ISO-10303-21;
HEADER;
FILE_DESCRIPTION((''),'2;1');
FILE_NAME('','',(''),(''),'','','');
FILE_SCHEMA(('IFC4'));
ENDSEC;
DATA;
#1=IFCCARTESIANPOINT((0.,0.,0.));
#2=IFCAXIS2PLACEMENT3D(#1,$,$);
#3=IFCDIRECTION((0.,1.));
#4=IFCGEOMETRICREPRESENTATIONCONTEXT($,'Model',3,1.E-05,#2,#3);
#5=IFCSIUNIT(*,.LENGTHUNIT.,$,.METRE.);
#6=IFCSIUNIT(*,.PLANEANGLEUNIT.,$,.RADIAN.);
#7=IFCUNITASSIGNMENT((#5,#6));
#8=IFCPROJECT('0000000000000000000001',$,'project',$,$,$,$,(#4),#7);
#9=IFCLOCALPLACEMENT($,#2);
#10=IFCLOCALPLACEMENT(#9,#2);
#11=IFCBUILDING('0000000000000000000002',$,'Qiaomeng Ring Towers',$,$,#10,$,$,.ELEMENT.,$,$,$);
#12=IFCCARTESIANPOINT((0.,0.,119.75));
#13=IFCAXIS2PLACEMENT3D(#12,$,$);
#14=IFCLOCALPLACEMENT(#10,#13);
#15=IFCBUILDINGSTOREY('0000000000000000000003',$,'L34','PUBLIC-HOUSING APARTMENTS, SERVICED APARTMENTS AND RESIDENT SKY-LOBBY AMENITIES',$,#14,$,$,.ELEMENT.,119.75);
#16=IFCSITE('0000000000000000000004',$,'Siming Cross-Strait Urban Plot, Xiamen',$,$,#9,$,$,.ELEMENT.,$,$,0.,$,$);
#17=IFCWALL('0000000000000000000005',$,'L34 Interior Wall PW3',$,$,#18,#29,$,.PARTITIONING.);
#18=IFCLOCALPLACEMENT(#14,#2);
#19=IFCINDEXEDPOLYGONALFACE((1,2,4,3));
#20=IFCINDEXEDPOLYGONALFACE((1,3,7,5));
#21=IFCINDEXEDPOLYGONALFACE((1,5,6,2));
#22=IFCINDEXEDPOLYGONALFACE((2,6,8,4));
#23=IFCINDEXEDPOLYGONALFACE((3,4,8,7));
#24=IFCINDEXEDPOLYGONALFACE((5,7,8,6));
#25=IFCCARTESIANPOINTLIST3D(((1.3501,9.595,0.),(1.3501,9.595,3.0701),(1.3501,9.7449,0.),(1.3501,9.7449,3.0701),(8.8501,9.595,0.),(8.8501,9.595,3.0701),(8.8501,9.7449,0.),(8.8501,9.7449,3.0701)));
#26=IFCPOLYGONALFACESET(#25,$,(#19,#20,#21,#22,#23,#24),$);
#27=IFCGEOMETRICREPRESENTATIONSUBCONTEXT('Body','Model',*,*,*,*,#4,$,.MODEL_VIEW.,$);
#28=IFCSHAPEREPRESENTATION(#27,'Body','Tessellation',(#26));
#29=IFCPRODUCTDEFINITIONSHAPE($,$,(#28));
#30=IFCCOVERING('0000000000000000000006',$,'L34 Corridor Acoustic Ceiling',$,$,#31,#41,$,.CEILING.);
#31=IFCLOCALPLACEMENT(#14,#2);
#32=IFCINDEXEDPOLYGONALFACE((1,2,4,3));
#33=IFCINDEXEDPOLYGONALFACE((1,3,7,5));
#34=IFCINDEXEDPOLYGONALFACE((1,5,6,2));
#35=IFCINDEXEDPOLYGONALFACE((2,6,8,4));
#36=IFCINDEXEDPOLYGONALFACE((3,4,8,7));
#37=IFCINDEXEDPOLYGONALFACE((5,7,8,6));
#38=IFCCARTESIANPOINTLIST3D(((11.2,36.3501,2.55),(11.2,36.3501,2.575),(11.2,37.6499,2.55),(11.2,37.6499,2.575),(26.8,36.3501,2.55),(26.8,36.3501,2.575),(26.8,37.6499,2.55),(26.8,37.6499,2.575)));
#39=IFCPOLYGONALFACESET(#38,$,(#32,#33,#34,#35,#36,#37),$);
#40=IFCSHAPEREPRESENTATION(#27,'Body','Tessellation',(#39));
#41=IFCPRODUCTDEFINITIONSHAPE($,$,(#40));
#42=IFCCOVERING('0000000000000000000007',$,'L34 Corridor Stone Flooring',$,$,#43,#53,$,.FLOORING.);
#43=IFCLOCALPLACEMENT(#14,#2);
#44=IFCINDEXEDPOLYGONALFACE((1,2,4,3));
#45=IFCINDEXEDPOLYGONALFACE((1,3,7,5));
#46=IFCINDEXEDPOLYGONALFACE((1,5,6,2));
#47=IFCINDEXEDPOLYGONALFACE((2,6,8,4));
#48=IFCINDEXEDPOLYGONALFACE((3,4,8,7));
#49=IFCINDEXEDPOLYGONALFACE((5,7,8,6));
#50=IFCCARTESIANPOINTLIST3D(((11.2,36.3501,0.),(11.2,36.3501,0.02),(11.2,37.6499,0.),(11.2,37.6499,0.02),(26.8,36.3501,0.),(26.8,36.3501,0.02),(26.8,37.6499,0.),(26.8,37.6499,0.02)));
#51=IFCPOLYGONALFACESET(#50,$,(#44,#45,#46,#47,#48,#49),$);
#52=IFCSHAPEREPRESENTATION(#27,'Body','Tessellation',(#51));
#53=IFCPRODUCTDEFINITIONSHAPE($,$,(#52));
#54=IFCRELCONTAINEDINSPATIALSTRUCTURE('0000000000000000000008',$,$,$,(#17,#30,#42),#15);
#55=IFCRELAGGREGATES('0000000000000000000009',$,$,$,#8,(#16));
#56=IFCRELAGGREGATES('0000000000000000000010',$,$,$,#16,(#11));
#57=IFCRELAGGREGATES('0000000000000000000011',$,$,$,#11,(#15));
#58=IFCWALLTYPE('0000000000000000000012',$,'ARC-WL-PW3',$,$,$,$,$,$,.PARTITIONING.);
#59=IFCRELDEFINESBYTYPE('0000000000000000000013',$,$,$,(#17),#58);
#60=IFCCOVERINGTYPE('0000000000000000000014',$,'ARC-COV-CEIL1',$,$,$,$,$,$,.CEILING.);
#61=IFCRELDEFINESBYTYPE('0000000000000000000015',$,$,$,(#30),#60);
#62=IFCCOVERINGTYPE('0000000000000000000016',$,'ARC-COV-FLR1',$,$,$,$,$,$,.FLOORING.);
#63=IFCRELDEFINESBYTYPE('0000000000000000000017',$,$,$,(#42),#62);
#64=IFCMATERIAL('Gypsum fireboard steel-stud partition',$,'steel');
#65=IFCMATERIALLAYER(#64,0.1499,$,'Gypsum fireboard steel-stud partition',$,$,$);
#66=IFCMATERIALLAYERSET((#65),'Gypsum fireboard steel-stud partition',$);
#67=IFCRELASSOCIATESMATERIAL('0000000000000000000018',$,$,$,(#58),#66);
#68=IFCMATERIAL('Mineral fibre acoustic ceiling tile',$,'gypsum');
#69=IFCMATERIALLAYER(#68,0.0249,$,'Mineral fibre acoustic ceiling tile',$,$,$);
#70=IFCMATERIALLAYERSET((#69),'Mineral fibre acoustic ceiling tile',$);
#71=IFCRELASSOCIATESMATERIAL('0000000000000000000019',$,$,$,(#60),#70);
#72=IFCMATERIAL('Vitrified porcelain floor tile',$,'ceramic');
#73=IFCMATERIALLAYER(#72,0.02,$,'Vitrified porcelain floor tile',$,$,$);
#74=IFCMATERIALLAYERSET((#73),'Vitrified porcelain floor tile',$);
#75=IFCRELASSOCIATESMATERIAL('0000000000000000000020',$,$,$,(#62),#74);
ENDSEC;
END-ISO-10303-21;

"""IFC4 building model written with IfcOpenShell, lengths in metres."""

from ifc_helpers import new_model, si_unit, direction, frame, frame_2d, origin, place, context, subcontext, project, spatial, polyline, rectangle, outline, extrude, material, layer, layer_set, type_object, element, save


model = new_model("IFC4")

# Units and contexts
model_context = context("Model", 3, precision=1e-05, world=origin(), true_north=direction((0.0, 1.0)))
body_context = subcontext(model_context, "Body", "Model", "MODEL_VIEW")
ifc_project = project(units=[si_unit("LENGTHUNIT", "METRE"), si_unit("PLANEANGLEUNIT", "RADIAN")], contexts=[model_context])

# Site, building, storey
site_placement = place(None, origin())
site = spatial("IfcSite", under=ifc_project, at=site_placement, Name="Siming Cross-Strait Urban Plot, Xiamen", CompositionType="ELEMENT", RefElevation=0.0)
building_placement = place(site_placement, origin())
building = spatial("IfcBuilding", under=site, at=building_placement, Name="Qiaomeng Ring Towers", CompositionType="ELEMENT")
storey_placement = place(building_placement, frame((0.0, 0.0, 119.75)))
storey = spatial("IfcBuildingStorey", under=building, at=storey_placement, Name="L34", Description="PUBLIC-HOUSING APARTMENTS, SERVICED APARTMENTS AND RESIDENT SKY-LOBBY AMENITIES", CompositionType="ELEMENT", Elevation=119.75)

# Wall
ifc_material_1 = material(Name="Gypsum fireboard steel-stud partition", Category="steel")
ifc_layer_1 = layer(ifc_material_1, 0.1499, Name="Gypsum fireboard steel-stud partition")
ifc_layer_set_1 = layer_set([ifc_layer_1], Name="Gypsum fireboard steel-stud partition")
wall_type_1 = type_object("IfcWallType", Name="ARC-WL-PW3", PredefinedType="PARTITIONING", material=ifc_layer_set_1)
wall_1_placement = place(storey_placement, frame((1.3501, 9.6699, 0.0), z_axis=(0.0, 0.0, 1.0), x_axis=(1.0, 0.0, 0.0)))
element("IfcWall", 1, at=wall_1_placement, inside=storey, type_object=wall_type_1, Name="L34 Interior Wall PW3", PredefinedType="PARTITIONING", context=body_context, shape_type="SweptSolid", body=[
    extrude(rectangle(XDim=7.5, YDim=0.1499, at=frame_2d((3.75, 0.0))), origin(), (0.0, 0.0, 1.0), 3.0701),
])

# Coverings
ifc_material_2 = material(Name="Mineral fibre acoustic ceiling tile", Category="gypsum")
ifc_layer_2 = layer(ifc_material_2, 0.0249, Name="Mineral fibre acoustic ceiling tile")
ifc_layer_set_2 = layer_set([ifc_layer_2], Name="Mineral fibre acoustic ceiling tile")
covering_type_1 = type_object("IfcCoveringType", Name="ARC-COV-CEIL1", PredefinedType="CEILING", material=ifc_layer_set_2)
covering_1_placement = place(storey_placement, frame((0.0, 0.0, 2.55)))
element("IfcCovering", 2, at=covering_1_placement, inside=storey, type_object=covering_type_1, Name="L34 Corridor Acoustic Ceiling", PredefinedType="CEILING", context=body_context, shape_type="SweptSolid", body=[
    extrude(outline(polyline([(11.2, 36.3501), (11.2, 37.6499), (26.8, 37.6499), (26.8, 36.3501), (11.2, 36.3501)])), origin(), (0.0, 0.0, 1.0), 0.0249),
])
ifc_material_3 = material(Name="Vitrified porcelain floor tile", Category="ceramic")
ifc_layer_3 = layer(ifc_material_3, 0.02, Name="Vitrified porcelain floor tile")
ifc_layer_set_3 = layer_set([ifc_layer_3], Name="Vitrified porcelain floor tile")
covering_type_2 = type_object("IfcCoveringType", Name="ARC-COV-FLR1", PredefinedType="FLOORING", material=ifc_layer_set_3)
covering_2_placement = place(storey_placement, origin())
element("IfcCovering", 3, at=covering_2_placement, inside=storey, type_object=covering_type_2, Name="L34 Corridor Stone Flooring", PredefinedType="FLOORING", context=body_context, shape_type="SweptSolid", body=[
    extrude(outline(polyline([(11.2, 36.3501), (11.2, 37.6499), (26.8, 37.6499), (26.8, 36.3501), (11.2, 36.3501)])), origin(), (0.0, 0.0, 1.0), 0.02),
])

save(model, "model.ifc")
